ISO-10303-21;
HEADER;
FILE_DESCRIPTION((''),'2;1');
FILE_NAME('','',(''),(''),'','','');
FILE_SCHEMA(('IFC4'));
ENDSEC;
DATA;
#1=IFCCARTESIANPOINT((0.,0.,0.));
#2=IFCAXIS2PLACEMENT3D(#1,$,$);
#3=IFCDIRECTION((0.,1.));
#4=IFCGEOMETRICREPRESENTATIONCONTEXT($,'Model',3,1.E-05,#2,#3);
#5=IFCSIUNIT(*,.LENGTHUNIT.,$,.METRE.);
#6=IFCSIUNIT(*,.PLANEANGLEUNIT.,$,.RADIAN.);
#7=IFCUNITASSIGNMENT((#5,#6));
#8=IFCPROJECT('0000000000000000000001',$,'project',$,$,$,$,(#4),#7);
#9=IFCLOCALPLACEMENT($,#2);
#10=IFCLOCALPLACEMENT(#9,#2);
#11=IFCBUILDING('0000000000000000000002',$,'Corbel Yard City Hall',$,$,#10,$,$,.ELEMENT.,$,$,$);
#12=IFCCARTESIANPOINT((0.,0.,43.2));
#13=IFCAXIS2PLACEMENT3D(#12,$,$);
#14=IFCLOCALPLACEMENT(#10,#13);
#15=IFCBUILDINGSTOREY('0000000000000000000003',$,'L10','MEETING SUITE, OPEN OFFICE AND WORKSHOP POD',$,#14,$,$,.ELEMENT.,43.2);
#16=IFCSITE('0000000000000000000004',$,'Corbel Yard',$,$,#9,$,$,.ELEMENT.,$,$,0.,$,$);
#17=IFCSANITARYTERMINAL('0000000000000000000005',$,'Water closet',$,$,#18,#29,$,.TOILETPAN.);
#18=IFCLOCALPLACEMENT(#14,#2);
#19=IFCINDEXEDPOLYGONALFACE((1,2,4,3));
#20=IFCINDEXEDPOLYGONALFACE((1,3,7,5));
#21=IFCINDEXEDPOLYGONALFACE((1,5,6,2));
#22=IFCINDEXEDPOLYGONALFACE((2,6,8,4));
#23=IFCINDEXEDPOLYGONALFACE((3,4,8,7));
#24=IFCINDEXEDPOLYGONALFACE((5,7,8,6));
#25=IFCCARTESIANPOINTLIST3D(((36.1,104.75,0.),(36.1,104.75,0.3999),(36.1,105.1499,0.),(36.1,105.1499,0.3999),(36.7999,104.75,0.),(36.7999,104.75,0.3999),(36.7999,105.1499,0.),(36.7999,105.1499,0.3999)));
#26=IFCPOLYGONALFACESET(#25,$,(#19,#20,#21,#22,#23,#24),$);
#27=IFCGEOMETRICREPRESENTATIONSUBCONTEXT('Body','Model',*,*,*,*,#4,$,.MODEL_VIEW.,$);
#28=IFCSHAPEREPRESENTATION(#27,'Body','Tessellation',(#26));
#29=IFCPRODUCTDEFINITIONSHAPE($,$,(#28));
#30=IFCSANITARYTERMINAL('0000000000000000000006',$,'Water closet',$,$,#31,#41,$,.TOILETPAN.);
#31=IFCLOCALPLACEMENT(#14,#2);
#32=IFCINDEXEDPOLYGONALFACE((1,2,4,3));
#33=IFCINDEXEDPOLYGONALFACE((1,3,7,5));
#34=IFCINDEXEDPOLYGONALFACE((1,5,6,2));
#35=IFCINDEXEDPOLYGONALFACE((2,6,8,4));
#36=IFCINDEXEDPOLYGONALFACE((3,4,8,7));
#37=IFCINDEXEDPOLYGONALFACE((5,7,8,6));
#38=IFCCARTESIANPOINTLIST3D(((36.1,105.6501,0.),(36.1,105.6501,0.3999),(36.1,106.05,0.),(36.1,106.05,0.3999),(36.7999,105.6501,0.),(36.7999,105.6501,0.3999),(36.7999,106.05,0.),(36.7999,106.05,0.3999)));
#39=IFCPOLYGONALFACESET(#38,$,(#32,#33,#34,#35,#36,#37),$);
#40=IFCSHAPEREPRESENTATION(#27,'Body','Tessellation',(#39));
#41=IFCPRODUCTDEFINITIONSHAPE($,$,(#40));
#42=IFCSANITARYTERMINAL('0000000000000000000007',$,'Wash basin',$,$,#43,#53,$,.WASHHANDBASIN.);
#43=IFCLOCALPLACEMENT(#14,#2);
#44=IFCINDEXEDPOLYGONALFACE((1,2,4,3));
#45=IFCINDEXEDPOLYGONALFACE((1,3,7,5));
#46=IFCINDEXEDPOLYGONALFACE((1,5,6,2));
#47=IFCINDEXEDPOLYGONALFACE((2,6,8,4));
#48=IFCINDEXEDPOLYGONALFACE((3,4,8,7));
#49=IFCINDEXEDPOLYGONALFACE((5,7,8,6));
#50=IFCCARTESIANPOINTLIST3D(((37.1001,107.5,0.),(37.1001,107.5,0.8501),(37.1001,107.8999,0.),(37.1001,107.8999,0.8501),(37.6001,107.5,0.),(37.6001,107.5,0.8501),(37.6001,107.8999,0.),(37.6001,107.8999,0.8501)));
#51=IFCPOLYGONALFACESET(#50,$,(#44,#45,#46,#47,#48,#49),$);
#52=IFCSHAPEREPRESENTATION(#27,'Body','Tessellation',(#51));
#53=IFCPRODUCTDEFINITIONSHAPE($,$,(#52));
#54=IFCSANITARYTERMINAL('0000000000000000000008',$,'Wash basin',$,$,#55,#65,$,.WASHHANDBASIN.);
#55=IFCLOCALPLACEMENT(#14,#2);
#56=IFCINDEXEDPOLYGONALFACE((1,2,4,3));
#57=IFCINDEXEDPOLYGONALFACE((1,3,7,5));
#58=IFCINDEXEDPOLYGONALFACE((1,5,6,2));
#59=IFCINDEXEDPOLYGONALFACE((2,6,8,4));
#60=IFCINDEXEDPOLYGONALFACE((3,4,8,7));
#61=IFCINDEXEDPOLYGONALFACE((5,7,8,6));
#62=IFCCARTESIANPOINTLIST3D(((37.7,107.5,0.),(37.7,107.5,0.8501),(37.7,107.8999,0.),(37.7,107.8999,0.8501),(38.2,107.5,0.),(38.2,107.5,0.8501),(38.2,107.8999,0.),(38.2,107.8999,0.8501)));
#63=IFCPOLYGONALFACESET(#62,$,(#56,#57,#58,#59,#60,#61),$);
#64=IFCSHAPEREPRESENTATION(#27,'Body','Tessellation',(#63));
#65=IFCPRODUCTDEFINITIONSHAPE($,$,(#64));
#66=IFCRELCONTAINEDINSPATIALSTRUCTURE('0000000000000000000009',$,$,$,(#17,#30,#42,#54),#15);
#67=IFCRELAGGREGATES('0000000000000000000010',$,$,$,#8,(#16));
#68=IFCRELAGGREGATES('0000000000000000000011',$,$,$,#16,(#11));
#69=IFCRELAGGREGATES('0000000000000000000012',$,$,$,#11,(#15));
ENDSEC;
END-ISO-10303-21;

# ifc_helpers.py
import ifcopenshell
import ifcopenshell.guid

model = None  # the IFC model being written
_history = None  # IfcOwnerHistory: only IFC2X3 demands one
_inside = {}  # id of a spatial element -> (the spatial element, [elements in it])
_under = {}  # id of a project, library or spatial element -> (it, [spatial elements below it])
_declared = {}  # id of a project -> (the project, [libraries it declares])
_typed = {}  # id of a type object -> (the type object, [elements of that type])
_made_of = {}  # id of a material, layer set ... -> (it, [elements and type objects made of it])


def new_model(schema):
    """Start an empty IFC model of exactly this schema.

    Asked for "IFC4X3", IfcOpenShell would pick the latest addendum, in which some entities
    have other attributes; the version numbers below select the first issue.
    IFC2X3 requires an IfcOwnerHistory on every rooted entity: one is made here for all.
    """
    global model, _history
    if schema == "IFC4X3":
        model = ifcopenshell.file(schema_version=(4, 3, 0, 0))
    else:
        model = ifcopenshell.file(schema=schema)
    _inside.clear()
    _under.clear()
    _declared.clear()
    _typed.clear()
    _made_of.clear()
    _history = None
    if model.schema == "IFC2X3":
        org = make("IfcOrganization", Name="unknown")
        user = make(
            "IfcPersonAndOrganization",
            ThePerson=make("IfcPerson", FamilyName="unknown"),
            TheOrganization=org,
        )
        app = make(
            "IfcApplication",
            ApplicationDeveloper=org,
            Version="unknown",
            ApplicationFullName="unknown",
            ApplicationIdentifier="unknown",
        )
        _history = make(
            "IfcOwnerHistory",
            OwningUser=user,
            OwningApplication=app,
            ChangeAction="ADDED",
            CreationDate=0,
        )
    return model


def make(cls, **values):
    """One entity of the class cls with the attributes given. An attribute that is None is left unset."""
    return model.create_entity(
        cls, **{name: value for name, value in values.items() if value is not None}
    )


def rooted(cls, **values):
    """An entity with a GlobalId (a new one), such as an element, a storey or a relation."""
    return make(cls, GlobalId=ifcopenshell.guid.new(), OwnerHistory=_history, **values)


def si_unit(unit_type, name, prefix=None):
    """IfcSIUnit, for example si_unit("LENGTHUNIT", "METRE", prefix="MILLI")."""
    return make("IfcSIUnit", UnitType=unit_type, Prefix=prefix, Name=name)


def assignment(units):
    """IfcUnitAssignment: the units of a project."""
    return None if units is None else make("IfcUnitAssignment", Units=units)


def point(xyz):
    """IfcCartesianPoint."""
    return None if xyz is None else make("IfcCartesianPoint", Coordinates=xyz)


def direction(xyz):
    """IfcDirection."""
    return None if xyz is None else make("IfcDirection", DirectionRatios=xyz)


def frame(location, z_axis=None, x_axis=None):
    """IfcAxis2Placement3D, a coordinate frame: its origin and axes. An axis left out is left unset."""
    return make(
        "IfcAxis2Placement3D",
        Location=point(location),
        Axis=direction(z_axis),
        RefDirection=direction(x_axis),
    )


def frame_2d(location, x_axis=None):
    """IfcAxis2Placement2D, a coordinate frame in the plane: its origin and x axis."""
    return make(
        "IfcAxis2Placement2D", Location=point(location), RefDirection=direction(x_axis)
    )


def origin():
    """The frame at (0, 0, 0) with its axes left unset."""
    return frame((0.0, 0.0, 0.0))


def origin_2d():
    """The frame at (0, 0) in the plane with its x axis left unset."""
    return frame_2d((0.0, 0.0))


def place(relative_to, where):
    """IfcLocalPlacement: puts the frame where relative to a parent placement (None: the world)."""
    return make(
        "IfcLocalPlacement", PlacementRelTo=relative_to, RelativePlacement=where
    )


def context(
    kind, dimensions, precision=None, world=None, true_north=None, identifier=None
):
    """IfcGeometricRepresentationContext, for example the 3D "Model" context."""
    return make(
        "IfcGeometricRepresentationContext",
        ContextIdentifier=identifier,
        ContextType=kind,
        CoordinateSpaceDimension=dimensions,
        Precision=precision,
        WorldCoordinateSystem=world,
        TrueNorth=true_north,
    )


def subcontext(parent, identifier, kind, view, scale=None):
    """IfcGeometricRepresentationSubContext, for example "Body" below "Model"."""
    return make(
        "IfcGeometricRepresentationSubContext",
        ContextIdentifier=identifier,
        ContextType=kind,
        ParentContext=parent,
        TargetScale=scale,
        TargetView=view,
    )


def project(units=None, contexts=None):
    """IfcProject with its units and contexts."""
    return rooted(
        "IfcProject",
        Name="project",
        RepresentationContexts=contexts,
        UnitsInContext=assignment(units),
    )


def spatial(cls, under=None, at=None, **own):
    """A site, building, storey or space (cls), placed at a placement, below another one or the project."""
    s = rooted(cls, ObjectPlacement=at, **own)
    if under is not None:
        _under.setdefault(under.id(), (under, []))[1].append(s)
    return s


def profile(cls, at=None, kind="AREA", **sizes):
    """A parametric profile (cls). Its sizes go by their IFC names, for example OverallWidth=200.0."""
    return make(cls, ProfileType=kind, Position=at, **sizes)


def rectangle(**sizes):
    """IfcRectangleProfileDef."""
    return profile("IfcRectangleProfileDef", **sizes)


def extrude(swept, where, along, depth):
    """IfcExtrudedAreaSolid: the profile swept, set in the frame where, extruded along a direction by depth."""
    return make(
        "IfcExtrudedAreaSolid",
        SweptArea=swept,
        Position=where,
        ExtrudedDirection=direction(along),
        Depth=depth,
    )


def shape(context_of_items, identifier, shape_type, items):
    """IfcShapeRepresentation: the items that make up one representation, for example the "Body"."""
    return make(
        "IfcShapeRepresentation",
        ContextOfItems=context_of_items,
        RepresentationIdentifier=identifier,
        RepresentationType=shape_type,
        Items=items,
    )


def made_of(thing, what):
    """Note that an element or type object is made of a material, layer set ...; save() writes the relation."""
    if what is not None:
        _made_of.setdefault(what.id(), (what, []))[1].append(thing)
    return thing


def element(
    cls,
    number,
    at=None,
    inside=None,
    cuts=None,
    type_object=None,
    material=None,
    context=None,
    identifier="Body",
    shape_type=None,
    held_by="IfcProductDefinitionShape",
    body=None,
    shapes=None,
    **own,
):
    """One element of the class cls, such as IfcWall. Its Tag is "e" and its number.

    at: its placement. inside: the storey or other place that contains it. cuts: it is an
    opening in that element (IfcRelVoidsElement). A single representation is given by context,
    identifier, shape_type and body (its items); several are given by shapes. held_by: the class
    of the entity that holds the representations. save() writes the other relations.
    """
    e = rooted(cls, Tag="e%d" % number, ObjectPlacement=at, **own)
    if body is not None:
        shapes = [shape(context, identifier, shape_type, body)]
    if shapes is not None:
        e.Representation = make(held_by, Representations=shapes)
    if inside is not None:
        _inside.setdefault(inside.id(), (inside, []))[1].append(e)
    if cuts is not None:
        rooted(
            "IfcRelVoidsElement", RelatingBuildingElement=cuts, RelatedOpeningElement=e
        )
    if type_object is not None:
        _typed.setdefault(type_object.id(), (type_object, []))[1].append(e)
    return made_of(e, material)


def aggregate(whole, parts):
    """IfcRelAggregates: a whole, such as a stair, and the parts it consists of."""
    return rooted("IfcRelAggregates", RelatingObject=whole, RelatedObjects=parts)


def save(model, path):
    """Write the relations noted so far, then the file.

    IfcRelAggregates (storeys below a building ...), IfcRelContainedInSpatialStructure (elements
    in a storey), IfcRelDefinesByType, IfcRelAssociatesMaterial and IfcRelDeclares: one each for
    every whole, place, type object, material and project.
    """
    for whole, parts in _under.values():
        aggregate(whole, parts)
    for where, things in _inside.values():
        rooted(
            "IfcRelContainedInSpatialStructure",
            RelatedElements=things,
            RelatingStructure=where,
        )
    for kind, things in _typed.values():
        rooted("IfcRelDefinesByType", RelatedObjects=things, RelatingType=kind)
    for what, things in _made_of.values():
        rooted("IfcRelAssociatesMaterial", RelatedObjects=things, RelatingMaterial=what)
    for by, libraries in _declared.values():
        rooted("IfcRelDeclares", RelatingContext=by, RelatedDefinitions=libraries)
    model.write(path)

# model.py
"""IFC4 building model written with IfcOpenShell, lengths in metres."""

from ifc_helpers import new_model, si_unit, direction, frame, origin, origin_2d, place, context, subcontext, project, spatial, rectangle, extrude, element, save


model = new_model("IFC4")

# Units and contexts
model_context = context("Model", 3, precision=1e-05, world=origin(), true_north=direction((0.0, 1.0)))
body_context = subcontext(model_context, "Body", "Model", "MODEL_VIEW")
ifc_project = project(units=[si_unit("LENGTHUNIT", "METRE"), si_unit("PLANEANGLEUNIT", "RADIAN")], contexts=[model_context])

# Site, building, storey
site_placement = place(None, origin())
site = spatial("IfcSite", under=ifc_project, at=site_placement, Name="Corbel Yard", CompositionType="ELEMENT", RefElevation=0.0)
building_placement = place(site_placement, origin())
building = spatial("IfcBuilding", under=site, at=building_placement, Name="Corbel Yard City Hall", CompositionType="ELEMENT")
storey_placement = place(building_placement, frame((0.0, 0.0, 43.2)))
storey = spatial("IfcBuildingStorey", under=building, at=storey_placement, Name="L10", Description="MEETING SUITE, OPEN OFFICE AND WORKSHOP POD", CompositionType="ELEMENT", Elevation=43.2)

# Sanitary terminals
for number, where, z_axis, x_axis, name in (
    (1, (36.45, 104.95, 0.0), (0.0, 0.0, 1.0), (1.0, 0.0, 0.0), "Water closet"),
    (2, (36.45, 105.8501, 0.0), (0.0, 0.0, 1.0), (1.0, 0.0, 0.0), "Water closet"),
):
    element("IfcSanitaryTerminal", number, at=place(storey_placement, frame(where, z_axis=z_axis, x_axis=x_axis)), inside=storey, Name=name, PredefinedType="TOILETPAN", context=body_context, shape_type="SweptSolid", body=[
        extrude(rectangle(XDim=0.7, YDim=0.3999, at=origin_2d()), origin(), (0.0, 0.0, 1.0), 0.3999),
    ])
for number, where, z_axis, x_axis, name in (
    (3, (37.3501, 107.7, 0.0), (0.0, 0.0, 1.0), (1.0, 0.0, 0.0), "Wash basin"),
    (4, (37.95, 107.7, 0.0), (0.0, 0.0, 1.0), (1.0, 0.0, 0.0), "Wash basin"),
):
    element("IfcSanitaryTerminal", number, at=place(storey_placement, frame(where, z_axis=z_axis, x_axis=x_axis)), inside=storey, Name=name, PredefinedType="WASHHANDBASIN", context=body_context, shape_type="SweptSolid", body=[
        extrude(rectangle(XDim=0.5, YDim=0.3999, at=origin_2d()), origin(), (0.0, 0.0, 1.0), 0.8501),
    ])

save(model, "model.ifc")
